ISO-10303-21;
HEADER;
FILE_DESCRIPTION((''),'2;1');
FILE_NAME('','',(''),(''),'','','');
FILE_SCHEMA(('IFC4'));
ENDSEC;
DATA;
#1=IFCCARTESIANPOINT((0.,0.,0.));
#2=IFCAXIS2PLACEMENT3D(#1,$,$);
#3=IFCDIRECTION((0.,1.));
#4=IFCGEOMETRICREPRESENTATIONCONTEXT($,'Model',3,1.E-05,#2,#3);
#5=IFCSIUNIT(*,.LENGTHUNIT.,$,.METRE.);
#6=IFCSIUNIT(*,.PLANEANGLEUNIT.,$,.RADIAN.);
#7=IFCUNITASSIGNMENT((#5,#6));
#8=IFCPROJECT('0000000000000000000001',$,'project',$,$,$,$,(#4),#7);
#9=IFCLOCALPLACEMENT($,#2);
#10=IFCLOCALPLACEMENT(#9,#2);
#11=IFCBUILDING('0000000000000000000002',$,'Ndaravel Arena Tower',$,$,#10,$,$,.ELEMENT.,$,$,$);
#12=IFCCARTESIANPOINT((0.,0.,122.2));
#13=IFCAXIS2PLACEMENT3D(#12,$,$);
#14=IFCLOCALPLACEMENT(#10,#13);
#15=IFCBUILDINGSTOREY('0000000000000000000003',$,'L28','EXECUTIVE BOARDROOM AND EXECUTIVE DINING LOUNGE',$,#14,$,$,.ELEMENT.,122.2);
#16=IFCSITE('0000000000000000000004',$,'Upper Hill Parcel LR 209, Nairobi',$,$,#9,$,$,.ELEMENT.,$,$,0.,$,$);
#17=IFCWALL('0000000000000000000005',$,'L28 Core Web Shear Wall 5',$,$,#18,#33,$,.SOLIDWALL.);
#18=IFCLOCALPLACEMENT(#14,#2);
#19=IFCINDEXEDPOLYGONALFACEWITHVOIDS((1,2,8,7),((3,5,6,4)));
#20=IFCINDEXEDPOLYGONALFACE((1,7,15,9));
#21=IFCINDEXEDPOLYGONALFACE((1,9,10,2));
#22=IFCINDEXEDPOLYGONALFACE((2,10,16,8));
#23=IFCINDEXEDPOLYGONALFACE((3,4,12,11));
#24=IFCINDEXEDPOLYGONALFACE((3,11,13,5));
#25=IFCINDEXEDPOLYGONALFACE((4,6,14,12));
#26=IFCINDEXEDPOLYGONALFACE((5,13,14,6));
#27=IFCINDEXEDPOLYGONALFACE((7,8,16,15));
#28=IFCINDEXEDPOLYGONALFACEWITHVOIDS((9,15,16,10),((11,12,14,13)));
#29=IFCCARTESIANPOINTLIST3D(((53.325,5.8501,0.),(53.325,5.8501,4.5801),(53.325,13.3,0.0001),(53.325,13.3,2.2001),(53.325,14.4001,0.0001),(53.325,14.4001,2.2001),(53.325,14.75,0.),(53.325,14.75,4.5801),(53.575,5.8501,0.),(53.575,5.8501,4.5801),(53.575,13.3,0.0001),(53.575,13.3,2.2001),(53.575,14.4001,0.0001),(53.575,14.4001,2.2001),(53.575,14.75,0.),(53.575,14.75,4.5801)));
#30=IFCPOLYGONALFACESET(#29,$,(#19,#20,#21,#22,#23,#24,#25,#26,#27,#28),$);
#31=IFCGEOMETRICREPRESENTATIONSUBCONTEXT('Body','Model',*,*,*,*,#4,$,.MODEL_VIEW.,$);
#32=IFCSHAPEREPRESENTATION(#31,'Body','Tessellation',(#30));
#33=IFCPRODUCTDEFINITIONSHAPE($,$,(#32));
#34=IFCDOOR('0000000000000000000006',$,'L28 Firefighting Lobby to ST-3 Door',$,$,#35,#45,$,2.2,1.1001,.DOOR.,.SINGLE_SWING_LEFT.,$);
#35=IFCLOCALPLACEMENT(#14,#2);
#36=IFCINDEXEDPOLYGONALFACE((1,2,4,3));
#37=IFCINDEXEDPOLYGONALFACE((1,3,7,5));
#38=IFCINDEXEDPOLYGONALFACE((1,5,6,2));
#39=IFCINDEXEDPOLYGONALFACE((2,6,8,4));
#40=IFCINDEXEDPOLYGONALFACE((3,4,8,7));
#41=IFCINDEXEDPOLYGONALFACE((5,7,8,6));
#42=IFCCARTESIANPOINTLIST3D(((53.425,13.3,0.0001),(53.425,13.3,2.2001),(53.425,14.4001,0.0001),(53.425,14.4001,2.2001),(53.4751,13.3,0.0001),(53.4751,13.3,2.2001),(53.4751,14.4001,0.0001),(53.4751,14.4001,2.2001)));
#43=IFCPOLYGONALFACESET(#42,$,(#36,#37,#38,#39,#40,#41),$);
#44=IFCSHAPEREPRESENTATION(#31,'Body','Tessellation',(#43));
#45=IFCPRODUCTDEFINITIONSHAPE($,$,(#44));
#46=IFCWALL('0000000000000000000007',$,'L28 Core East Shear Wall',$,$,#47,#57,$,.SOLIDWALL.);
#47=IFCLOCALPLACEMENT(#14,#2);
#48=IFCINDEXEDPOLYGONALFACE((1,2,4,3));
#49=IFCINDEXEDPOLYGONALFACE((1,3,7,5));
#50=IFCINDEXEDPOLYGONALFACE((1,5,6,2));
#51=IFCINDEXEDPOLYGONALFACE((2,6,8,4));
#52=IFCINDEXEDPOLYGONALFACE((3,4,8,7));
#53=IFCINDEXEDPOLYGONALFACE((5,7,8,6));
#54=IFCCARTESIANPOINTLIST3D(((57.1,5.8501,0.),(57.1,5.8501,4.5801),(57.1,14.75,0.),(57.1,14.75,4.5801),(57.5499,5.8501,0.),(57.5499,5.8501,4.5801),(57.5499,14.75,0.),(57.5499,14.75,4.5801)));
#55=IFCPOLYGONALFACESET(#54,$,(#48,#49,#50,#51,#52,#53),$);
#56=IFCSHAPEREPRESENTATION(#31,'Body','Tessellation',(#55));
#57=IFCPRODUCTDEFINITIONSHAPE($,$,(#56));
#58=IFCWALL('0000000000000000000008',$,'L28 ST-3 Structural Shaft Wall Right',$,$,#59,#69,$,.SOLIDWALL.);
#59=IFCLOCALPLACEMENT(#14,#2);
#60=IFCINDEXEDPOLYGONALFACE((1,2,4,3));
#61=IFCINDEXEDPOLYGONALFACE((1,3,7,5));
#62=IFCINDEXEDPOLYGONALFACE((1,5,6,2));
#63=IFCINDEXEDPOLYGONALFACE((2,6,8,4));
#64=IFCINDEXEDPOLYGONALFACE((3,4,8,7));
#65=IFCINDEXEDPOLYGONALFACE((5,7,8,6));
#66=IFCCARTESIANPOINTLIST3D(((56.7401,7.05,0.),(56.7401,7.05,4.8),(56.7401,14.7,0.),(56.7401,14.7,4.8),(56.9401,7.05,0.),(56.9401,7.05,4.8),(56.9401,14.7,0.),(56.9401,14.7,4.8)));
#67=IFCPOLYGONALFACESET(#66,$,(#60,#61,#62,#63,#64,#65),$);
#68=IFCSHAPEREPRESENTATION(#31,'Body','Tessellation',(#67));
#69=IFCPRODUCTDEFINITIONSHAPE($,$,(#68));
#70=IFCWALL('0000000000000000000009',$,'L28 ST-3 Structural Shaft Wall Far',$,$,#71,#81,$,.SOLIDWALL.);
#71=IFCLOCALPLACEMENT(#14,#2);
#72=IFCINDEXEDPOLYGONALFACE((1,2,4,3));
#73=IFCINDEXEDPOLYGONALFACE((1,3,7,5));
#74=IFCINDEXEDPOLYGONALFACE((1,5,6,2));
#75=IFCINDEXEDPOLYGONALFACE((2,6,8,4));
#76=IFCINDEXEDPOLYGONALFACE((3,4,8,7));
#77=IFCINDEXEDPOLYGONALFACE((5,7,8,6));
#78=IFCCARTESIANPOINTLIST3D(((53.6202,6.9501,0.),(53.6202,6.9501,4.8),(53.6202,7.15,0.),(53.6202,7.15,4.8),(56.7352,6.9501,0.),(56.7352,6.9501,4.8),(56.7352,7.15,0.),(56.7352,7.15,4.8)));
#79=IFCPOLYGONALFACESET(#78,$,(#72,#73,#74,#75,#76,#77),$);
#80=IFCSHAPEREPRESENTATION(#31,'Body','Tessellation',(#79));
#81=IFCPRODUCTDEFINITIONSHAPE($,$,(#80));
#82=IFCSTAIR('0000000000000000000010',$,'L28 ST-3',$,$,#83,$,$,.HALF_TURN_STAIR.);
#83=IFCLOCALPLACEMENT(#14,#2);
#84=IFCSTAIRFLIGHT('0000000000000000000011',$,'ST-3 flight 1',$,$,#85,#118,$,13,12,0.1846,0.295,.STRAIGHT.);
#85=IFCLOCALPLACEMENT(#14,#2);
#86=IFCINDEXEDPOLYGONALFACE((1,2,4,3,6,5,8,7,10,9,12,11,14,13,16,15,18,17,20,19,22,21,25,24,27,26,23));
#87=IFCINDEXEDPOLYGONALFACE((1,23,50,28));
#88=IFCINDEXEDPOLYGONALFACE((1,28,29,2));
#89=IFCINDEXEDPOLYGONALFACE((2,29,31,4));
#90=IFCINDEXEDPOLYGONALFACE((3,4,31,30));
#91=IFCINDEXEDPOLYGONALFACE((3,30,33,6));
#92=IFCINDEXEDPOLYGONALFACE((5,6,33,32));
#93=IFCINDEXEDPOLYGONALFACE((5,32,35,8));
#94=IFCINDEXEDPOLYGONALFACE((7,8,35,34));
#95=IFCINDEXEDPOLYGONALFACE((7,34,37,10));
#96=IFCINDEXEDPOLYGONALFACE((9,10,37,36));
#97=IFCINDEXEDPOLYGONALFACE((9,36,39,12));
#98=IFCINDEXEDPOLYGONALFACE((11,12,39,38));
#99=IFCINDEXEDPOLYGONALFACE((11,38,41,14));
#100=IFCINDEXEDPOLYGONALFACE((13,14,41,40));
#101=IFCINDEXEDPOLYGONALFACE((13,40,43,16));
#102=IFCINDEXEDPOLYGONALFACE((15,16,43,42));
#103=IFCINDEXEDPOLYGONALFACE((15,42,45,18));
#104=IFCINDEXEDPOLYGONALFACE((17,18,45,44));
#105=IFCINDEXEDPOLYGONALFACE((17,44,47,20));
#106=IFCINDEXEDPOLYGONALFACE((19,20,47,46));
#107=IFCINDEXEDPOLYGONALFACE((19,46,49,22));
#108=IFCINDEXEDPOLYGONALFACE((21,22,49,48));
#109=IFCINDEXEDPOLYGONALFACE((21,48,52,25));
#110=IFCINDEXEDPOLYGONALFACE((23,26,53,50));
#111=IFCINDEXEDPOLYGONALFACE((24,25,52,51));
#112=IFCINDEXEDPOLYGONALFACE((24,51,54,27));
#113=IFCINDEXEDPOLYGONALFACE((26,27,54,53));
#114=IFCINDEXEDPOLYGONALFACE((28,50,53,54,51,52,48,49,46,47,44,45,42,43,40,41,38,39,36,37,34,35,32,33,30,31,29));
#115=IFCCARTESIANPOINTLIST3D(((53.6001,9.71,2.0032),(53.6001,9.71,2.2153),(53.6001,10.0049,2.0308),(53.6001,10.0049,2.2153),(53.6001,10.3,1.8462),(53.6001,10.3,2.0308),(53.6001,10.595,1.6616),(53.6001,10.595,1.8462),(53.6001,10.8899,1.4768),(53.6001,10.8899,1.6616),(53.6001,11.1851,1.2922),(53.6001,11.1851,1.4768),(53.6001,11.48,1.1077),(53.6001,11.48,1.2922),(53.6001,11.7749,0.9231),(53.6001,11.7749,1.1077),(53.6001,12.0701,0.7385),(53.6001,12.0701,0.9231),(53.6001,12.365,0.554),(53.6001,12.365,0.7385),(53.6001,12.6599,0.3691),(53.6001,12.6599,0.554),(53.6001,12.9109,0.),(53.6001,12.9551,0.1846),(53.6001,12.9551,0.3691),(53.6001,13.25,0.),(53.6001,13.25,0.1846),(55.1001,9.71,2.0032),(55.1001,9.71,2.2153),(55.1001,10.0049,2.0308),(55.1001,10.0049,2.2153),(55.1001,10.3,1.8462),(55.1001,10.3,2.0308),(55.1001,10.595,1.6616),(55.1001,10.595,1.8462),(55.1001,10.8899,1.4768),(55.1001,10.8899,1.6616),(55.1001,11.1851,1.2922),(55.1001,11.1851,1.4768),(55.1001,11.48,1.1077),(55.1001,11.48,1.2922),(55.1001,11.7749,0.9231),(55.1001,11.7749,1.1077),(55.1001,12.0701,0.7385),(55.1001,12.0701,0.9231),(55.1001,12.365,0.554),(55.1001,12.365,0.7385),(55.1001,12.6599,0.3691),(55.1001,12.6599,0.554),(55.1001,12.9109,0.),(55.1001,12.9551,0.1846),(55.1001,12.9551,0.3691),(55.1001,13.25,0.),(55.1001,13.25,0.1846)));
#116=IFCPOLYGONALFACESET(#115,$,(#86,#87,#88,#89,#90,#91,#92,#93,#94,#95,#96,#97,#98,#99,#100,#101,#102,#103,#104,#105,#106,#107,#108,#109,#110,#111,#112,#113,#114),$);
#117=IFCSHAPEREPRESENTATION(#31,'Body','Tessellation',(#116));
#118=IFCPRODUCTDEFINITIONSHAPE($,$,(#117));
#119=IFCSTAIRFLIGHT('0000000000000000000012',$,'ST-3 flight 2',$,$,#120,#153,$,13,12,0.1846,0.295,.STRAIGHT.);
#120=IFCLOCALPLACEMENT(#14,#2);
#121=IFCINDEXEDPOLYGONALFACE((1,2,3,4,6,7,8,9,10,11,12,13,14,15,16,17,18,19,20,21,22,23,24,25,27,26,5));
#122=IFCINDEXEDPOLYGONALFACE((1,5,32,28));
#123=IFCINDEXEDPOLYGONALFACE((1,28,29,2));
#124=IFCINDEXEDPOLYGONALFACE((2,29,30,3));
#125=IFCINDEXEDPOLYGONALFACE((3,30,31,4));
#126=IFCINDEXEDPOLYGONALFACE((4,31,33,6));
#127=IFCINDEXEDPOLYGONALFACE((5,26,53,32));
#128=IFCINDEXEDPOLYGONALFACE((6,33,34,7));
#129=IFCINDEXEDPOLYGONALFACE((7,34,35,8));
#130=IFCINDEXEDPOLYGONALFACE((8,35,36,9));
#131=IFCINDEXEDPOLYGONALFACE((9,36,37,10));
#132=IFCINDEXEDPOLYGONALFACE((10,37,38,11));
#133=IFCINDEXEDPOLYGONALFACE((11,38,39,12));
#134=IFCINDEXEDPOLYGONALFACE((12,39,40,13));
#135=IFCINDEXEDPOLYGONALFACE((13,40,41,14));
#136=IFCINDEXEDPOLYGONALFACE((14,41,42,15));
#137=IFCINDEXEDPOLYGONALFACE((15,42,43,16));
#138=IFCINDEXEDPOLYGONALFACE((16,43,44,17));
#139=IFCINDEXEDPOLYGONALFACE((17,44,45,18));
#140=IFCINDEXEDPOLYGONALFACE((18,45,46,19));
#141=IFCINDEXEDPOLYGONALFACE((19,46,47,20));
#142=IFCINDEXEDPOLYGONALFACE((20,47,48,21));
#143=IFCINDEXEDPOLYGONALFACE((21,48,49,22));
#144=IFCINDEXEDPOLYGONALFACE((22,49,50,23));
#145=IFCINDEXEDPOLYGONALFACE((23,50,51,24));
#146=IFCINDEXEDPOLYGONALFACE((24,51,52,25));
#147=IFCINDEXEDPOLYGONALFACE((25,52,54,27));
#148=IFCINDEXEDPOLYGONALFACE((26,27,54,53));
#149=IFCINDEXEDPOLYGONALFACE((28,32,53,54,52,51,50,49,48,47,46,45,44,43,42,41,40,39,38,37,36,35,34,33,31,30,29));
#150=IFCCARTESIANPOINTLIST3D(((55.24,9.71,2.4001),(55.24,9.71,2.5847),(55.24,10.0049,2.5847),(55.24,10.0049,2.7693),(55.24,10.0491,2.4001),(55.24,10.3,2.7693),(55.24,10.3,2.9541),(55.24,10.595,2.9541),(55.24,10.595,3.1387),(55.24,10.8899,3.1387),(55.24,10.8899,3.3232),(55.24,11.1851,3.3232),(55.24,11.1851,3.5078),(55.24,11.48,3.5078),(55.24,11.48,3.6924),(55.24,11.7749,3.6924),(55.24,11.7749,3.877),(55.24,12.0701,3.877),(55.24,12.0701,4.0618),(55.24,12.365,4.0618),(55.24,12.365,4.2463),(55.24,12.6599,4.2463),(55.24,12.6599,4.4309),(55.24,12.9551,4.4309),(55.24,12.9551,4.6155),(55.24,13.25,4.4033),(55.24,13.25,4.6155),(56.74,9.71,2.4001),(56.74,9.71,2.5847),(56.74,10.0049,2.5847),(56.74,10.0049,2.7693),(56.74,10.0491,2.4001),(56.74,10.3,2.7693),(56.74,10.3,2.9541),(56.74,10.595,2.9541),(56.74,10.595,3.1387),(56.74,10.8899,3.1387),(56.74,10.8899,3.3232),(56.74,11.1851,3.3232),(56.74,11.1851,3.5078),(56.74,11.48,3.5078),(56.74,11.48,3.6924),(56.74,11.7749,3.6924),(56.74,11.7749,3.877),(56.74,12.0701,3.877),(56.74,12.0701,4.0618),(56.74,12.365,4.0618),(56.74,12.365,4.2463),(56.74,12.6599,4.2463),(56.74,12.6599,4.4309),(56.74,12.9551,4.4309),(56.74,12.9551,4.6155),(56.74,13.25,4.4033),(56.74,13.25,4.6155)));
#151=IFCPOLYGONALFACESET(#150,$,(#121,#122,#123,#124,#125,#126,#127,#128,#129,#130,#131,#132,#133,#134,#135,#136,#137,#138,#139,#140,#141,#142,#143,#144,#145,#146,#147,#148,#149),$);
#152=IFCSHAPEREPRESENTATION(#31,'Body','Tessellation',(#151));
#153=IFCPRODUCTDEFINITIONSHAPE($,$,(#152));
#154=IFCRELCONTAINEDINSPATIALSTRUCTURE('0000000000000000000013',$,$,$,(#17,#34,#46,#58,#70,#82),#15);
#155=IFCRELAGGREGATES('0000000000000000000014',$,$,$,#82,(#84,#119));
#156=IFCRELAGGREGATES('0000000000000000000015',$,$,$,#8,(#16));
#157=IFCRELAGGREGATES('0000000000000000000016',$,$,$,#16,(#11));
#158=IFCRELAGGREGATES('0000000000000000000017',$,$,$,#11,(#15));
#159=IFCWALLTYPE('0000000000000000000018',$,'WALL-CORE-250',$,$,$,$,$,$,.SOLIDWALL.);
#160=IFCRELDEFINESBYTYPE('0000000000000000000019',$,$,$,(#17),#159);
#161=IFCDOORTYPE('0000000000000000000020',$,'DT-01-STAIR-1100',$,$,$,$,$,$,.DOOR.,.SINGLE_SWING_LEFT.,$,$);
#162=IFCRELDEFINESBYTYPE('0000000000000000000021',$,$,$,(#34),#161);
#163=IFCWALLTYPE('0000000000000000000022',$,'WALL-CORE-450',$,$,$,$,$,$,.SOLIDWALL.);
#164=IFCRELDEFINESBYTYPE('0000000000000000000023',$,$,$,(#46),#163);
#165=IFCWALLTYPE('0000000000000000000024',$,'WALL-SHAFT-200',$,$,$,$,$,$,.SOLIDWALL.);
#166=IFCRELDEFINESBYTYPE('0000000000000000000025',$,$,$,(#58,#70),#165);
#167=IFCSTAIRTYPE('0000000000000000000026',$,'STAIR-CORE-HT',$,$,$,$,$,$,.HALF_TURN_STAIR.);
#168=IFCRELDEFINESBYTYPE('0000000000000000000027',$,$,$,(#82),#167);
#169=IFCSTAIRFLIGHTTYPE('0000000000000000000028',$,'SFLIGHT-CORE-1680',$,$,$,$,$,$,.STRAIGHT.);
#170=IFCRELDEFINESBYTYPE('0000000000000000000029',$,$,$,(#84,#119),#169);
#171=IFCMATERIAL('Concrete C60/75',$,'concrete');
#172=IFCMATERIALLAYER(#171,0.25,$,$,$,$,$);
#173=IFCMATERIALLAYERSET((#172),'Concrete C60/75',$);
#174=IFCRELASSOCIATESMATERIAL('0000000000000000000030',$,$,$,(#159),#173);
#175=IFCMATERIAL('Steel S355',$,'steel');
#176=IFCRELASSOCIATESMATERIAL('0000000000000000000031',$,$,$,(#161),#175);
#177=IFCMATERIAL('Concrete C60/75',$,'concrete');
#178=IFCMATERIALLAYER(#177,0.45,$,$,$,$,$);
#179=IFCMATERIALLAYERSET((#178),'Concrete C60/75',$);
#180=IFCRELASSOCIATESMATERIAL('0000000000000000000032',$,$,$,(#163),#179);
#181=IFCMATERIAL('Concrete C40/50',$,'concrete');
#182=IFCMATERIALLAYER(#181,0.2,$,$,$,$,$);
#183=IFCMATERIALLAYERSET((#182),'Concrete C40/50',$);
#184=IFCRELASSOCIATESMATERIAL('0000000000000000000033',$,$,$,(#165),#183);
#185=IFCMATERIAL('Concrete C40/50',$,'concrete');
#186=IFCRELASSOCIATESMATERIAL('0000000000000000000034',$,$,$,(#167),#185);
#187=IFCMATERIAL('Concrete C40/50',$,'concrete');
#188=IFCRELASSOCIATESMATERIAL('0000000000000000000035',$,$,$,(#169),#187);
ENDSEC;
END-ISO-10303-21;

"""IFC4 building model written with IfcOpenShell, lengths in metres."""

from ifc_helpers import new_model, si_unit, direction, frame, frame_2d, origin, place, context, subcontext, project, spatial, polyline, rectangle, outline, extrude, material, layer, layer_set, type_object, element, fill, aggregate, save


model = new_model("IFC4")

# Units and contexts
model_context = context("Model", 3, precision=1e-05, world=origin(), true_north=direction((0.0, 1.0)))
body_context = subcontext(model_context, "Body", "Model", "MODEL_VIEW")
ifc_project = project(units=[si_unit("LENGTHUNIT", "METRE"), si_unit("PLANEANGLEUNIT", "RADIAN")], contexts=[model_context])

# Site, building, storey
site_placement = place(None, origin())
site = spatial("IfcSite", under=ifc_project, at=site_placement, Name="Upper Hill Parcel LR 209, Nairobi", CompositionType="ELEMENT", RefElevation=0.0)
building_placement = place(site_placement, origin())
building = spatial("IfcBuilding", under=site, at=building_placement, Name="Ndaravel Arena Tower", CompositionType="ELEMENT")
storey_placement = place(building_placement, frame((0.0, 0.0, 122.2)))
storey = spatial("IfcBuildingStorey", under=building, at=storey_placement, Name="L28", Description="EXECUTIVE BOARDROOM AND EXECUTIVE DINING LOUNGE", CompositionType="ELEMENT", Elevation=122.2)

# Wall, opening, door
ifc_material_1 = material(Name="Concrete C60/75", Category="concrete")
ifc_layer_1 = layer(ifc_material_1, 0.25)
ifc_layer_set_1 = layer_set([ifc_layer_1], Name="Concrete C60/75")
wall_type_1 = type_object("IfcWallType", Name="WALL-CORE-250", PredefinedType="SOLIDWALL", material=ifc_layer_set_1)
wall_1_placement = place(storey_placement, frame((53.45, 5.8501, 0.0), z_axis=(0.0, 0.0, 1.0), x_axis=(0.0, 1.0, 0.0)))
wall_1 = element("IfcWall", 1, at=wall_1_placement, inside=storey, type_object=wall_type_1, Name="L28 Core Web Shear Wall 5", PredefinedType="SOLIDWALL", context=body_context, shape_type="SweptSolid", body=[
    extrude(rectangle(XDim=8.8999, YDim=0.25, at=frame_2d((4.45, 0.0))), origin(), (0.0, 0.0, 1.0), 4.5801),
])
opening_placement = place(wall_1_placement, frame((7.45, 0.0, 0.0)))
opening = element("IfcOpeningElement", 2, at=opening_placement, cuts=wall_1, PredefinedType="OPENING", context=body_context, shape_type="SweptSolid", body=[
    extrude(rectangle(XDim=1.1001, YDim=2.2, at=frame_2d((0.55, 1.1001))), frame((0.0, 0.125, 0.0), z_axis=(0.0, -1.0, 0.0), x_axis=(1.0, 0.0, 0.0)), (0.0, 0.0, 1.0), 0.25),
])
ifc_material_2 = material(Name="Steel S355", Category="steel")
door_type = type_object("IfcDoorType", Name="DT-01-STAIR-1100", OperationType="SINGLE_SWING_LEFT", PredefinedType="DOOR", material=ifc_material_2)
door_placement = place(opening_placement, origin())
door = element("IfcDoor", 3, at=door_placement, inside=storey, type_object=door_type, Name="L28 Firefighting Lobby to ST-3 Door", OperationType="SINGLE_SWING_LEFT", OverallHeight=2.2, OverallWidth=1.1001, PredefinedType="DOOR", context=body_context, shape_type="SweptSolid", body=[
    extrude(rectangle(XDim=1.1001, YDim=2.2, at=frame_2d((0.55, 1.1001))), frame((0.0, 0.0249, 0.0), z_axis=(0.0, -1.0, 0.0), x_axis=(1.0, 0.0, 0.0)), (0.0, 0.0, 1.0), 0.05),
])
fill(opening, door)

# Walls
ifc_material_3 = material(Name="Concrete C60/75", Category="concrete")
ifc_layer_2 = layer(ifc_material_3, 0.45)
ifc_layer_set_2 = layer_set([ifc_layer_2], Name="Concrete C60/75")
wall_type_2 = type_object("IfcWallType", Name="WALL-CORE-450", PredefinedType="SOLIDWALL", material=ifc_layer_set_2)
wall_2_placement = place(storey_placement, frame((57.325, 5.8501, 0.0), z_axis=(0.0, 0.0, 1.0), x_axis=(0.0, 1.0, 0.0)))
element("IfcWall", 4, at=wall_2_placement, inside=storey, type_object=wall_type_2, Name="L28 Core East Shear Wall", PredefinedType="SOLIDWALL", context=body_context, shape_type="SweptSolid", body=[
    extrude(rectangle(XDim=8.8999, YDim=0.45, at=frame_2d((4.45, 0.0))), origin(), (0.0, 0.0, 1.0), 4.5801),
])
ifc_material_4 = material(Name="Concrete C40/50", Category="concrete")
ifc_layer_3 = layer(ifc_material_4, 0.2)
ifc_layer_set_3 = layer_set([ifc_layer_3], Name="Concrete C40/50")
wall_type_3 = type_object("IfcWallType", Name="WALL-SHAFT-200", PredefinedType="SOLIDWALL", material=ifc_layer_set_3)
wall_3_placement = place(storey_placement, frame((56.8401, 14.7, 0.0), z_axis=(0.0, 0.0, 1.0), x_axis=(0.0, -1.0, 0.0)))
element("IfcWall", 5, at=wall_3_placement, inside=storey, type_object=wall_type_3, Name="L28 ST-3 Structural Shaft Wall Right", PredefinedType="SOLIDWALL", context=body_context, shape_type="SweptSolid", body=[
    extrude(rectangle(XDim=7.6499, YDim=0.2, at=frame_2d((3.825, 0.0))), origin(), (0.0, 0.0, 1.0), 4.8),
])
wall_4_placement = place(storey_placement, frame((53.6201, 7.05, 0.0), z_axis=(0.0, 0.0, 1.0), x_axis=(1.0, 0.0, 0.0)))
element("IfcWall", 6, at=wall_4_placement, inside=storey, type_object=wall_type_3, Name="L28 ST-3 Structural Shaft Wall Far", PredefinedType="SOLIDWALL", context=body_context, shape_type="SweptSolid", body=[
    extrude(rectangle(XDim=3.115, YDim=0.2, at=frame_2d((1.5576, 0.0))), origin(), (0.0, 0.0, 1.0), 4.8),
])

# Stair, stair flights
ifc_material_5 = material(Name="Concrete C40/50", Category="concrete")
stair_type = type_object("IfcStairType", Name="STAIR-CORE-HT", PredefinedType="HALF_TURN_STAIR", material=ifc_material_5)
stair_placement = place(storey_placement, origin())
stair = element("IfcStair", 7, at=stair_placement, inside=storey, type_object=stair_type, Name="L28 ST-3", PredefinedType="HALF_TURN_STAIR")
ifc_material_6 = material(Name="Concrete C40/50", Category="concrete")
stair_flight_type = type_object("IfcStairFlightType", Name="SFLIGHT-CORE-1680", PredefinedType="STRAIGHT", material=ifc_material_6)
stair_flight_1_placement = place(storey_placement, frame((54.3501, 13.25, 0.0), z_axis=(0.0, 0.0, 1.0), x_axis=(0.0, -1.0, 0.0)))
stair_flight_1 = element("IfcStairFlight", 8, at=stair_flight_1_placement, type_object=stair_flight_type, Name="ST-3 flight 1", NumberOfRisers=13, NumberOfTreads=12, PredefinedType="STRAIGHT", RiserHeight=0.1846, TreadLength=0.295, context=body_context, shape_type="SweptSolid", body=[
    extrude(outline(polyline([(0.0, 0.0), (0.0, 0.1846), (0.2949, 0.1846), (0.2949, 0.3691), (0.5901, 0.3691), (0.5901, 0.554), (0.885, 0.554), (0.885, 0.7385), (1.1799, 0.7385), (1.1799, 0.9231), (1.4751, 0.9231), (1.4751, 1.1077), (1.77, 1.1077), (1.77, 1.2922), (2.0649, 1.2922), (2.0649, 1.4768), (2.3601, 1.4768), (2.3601, 1.6616), (2.655, 1.6616), (2.655, 1.8462), (2.95, 1.8462), (2.95, 2.0308), (3.2451, 2.0308), (3.2451, 2.2153), (3.54, 2.2153), (3.54, 2.3999), (3.54, 2.0032), (0.3391, 0.0), (0.0, 0.0)])), frame((0.0, 0.75, 0.0), z_axis=(0.0, -1.0, 0.0), x_axis=(1.0, 0.0, 0.0)), (0.0, 0.0, 1.0), 1.5),
])
stair_flight_2_placement = place(storey_placement, frame((55.99, 9.71, 2.4001), z_axis=(0.0, 0.0, 1.0), x_axis=(0.0, 1.0, 0.0)))
stair_flight_2 = element("IfcStairFlight", 9, at=stair_flight_2_placement, type_object=stair_flight_type, Name="ST-3 flight 2", NumberOfRisers=13, NumberOfTreads=12, PredefinedType="STRAIGHT", RiserHeight=0.1846, TreadLength=0.295, context=body_context, shape_type="SweptSolid", body=[
    extrude(outline(polyline([(0.0, 0.0), (0.0, 0.1846), (0.2949, 0.1846), (0.2949, 0.3691), (0.5901, 0.3691), (0.5901, 0.554), (0.885, 0.554), (0.885, 0.7385), (1.1799, 0.7385), (1.1799, 0.9231), (1.4751, 0.9231), (1.4751, 1.1077), (1.77, 1.1077), (1.77, 1.2922), (2.0649, 1.2922), (2.0649, 1.4768), (2.3601, 1.4768), (2.3601, 1.6616), (2.655, 1.6616), (2.655, 1.8462), (2.95, 1.8462), (2.95, 2.0308), (3.2451, 2.0308), (3.2451, 2.2153), (3.54, 2.2153), (3.54, 2.3999), (3.54, 2.0032), (0.3391, 0.0), (0.0, 0.0)])), frame((0.0, 0.75, 0.0), z_axis=(0.0, -1.0, 0.0), x_axis=(1.0, 0.0, 0.0)), (0.0, 0.0, 1.0), 1.5),
])
aggregate(stair, [stair_flight_1, stair_flight_2])

save(model, "model.ifc")
